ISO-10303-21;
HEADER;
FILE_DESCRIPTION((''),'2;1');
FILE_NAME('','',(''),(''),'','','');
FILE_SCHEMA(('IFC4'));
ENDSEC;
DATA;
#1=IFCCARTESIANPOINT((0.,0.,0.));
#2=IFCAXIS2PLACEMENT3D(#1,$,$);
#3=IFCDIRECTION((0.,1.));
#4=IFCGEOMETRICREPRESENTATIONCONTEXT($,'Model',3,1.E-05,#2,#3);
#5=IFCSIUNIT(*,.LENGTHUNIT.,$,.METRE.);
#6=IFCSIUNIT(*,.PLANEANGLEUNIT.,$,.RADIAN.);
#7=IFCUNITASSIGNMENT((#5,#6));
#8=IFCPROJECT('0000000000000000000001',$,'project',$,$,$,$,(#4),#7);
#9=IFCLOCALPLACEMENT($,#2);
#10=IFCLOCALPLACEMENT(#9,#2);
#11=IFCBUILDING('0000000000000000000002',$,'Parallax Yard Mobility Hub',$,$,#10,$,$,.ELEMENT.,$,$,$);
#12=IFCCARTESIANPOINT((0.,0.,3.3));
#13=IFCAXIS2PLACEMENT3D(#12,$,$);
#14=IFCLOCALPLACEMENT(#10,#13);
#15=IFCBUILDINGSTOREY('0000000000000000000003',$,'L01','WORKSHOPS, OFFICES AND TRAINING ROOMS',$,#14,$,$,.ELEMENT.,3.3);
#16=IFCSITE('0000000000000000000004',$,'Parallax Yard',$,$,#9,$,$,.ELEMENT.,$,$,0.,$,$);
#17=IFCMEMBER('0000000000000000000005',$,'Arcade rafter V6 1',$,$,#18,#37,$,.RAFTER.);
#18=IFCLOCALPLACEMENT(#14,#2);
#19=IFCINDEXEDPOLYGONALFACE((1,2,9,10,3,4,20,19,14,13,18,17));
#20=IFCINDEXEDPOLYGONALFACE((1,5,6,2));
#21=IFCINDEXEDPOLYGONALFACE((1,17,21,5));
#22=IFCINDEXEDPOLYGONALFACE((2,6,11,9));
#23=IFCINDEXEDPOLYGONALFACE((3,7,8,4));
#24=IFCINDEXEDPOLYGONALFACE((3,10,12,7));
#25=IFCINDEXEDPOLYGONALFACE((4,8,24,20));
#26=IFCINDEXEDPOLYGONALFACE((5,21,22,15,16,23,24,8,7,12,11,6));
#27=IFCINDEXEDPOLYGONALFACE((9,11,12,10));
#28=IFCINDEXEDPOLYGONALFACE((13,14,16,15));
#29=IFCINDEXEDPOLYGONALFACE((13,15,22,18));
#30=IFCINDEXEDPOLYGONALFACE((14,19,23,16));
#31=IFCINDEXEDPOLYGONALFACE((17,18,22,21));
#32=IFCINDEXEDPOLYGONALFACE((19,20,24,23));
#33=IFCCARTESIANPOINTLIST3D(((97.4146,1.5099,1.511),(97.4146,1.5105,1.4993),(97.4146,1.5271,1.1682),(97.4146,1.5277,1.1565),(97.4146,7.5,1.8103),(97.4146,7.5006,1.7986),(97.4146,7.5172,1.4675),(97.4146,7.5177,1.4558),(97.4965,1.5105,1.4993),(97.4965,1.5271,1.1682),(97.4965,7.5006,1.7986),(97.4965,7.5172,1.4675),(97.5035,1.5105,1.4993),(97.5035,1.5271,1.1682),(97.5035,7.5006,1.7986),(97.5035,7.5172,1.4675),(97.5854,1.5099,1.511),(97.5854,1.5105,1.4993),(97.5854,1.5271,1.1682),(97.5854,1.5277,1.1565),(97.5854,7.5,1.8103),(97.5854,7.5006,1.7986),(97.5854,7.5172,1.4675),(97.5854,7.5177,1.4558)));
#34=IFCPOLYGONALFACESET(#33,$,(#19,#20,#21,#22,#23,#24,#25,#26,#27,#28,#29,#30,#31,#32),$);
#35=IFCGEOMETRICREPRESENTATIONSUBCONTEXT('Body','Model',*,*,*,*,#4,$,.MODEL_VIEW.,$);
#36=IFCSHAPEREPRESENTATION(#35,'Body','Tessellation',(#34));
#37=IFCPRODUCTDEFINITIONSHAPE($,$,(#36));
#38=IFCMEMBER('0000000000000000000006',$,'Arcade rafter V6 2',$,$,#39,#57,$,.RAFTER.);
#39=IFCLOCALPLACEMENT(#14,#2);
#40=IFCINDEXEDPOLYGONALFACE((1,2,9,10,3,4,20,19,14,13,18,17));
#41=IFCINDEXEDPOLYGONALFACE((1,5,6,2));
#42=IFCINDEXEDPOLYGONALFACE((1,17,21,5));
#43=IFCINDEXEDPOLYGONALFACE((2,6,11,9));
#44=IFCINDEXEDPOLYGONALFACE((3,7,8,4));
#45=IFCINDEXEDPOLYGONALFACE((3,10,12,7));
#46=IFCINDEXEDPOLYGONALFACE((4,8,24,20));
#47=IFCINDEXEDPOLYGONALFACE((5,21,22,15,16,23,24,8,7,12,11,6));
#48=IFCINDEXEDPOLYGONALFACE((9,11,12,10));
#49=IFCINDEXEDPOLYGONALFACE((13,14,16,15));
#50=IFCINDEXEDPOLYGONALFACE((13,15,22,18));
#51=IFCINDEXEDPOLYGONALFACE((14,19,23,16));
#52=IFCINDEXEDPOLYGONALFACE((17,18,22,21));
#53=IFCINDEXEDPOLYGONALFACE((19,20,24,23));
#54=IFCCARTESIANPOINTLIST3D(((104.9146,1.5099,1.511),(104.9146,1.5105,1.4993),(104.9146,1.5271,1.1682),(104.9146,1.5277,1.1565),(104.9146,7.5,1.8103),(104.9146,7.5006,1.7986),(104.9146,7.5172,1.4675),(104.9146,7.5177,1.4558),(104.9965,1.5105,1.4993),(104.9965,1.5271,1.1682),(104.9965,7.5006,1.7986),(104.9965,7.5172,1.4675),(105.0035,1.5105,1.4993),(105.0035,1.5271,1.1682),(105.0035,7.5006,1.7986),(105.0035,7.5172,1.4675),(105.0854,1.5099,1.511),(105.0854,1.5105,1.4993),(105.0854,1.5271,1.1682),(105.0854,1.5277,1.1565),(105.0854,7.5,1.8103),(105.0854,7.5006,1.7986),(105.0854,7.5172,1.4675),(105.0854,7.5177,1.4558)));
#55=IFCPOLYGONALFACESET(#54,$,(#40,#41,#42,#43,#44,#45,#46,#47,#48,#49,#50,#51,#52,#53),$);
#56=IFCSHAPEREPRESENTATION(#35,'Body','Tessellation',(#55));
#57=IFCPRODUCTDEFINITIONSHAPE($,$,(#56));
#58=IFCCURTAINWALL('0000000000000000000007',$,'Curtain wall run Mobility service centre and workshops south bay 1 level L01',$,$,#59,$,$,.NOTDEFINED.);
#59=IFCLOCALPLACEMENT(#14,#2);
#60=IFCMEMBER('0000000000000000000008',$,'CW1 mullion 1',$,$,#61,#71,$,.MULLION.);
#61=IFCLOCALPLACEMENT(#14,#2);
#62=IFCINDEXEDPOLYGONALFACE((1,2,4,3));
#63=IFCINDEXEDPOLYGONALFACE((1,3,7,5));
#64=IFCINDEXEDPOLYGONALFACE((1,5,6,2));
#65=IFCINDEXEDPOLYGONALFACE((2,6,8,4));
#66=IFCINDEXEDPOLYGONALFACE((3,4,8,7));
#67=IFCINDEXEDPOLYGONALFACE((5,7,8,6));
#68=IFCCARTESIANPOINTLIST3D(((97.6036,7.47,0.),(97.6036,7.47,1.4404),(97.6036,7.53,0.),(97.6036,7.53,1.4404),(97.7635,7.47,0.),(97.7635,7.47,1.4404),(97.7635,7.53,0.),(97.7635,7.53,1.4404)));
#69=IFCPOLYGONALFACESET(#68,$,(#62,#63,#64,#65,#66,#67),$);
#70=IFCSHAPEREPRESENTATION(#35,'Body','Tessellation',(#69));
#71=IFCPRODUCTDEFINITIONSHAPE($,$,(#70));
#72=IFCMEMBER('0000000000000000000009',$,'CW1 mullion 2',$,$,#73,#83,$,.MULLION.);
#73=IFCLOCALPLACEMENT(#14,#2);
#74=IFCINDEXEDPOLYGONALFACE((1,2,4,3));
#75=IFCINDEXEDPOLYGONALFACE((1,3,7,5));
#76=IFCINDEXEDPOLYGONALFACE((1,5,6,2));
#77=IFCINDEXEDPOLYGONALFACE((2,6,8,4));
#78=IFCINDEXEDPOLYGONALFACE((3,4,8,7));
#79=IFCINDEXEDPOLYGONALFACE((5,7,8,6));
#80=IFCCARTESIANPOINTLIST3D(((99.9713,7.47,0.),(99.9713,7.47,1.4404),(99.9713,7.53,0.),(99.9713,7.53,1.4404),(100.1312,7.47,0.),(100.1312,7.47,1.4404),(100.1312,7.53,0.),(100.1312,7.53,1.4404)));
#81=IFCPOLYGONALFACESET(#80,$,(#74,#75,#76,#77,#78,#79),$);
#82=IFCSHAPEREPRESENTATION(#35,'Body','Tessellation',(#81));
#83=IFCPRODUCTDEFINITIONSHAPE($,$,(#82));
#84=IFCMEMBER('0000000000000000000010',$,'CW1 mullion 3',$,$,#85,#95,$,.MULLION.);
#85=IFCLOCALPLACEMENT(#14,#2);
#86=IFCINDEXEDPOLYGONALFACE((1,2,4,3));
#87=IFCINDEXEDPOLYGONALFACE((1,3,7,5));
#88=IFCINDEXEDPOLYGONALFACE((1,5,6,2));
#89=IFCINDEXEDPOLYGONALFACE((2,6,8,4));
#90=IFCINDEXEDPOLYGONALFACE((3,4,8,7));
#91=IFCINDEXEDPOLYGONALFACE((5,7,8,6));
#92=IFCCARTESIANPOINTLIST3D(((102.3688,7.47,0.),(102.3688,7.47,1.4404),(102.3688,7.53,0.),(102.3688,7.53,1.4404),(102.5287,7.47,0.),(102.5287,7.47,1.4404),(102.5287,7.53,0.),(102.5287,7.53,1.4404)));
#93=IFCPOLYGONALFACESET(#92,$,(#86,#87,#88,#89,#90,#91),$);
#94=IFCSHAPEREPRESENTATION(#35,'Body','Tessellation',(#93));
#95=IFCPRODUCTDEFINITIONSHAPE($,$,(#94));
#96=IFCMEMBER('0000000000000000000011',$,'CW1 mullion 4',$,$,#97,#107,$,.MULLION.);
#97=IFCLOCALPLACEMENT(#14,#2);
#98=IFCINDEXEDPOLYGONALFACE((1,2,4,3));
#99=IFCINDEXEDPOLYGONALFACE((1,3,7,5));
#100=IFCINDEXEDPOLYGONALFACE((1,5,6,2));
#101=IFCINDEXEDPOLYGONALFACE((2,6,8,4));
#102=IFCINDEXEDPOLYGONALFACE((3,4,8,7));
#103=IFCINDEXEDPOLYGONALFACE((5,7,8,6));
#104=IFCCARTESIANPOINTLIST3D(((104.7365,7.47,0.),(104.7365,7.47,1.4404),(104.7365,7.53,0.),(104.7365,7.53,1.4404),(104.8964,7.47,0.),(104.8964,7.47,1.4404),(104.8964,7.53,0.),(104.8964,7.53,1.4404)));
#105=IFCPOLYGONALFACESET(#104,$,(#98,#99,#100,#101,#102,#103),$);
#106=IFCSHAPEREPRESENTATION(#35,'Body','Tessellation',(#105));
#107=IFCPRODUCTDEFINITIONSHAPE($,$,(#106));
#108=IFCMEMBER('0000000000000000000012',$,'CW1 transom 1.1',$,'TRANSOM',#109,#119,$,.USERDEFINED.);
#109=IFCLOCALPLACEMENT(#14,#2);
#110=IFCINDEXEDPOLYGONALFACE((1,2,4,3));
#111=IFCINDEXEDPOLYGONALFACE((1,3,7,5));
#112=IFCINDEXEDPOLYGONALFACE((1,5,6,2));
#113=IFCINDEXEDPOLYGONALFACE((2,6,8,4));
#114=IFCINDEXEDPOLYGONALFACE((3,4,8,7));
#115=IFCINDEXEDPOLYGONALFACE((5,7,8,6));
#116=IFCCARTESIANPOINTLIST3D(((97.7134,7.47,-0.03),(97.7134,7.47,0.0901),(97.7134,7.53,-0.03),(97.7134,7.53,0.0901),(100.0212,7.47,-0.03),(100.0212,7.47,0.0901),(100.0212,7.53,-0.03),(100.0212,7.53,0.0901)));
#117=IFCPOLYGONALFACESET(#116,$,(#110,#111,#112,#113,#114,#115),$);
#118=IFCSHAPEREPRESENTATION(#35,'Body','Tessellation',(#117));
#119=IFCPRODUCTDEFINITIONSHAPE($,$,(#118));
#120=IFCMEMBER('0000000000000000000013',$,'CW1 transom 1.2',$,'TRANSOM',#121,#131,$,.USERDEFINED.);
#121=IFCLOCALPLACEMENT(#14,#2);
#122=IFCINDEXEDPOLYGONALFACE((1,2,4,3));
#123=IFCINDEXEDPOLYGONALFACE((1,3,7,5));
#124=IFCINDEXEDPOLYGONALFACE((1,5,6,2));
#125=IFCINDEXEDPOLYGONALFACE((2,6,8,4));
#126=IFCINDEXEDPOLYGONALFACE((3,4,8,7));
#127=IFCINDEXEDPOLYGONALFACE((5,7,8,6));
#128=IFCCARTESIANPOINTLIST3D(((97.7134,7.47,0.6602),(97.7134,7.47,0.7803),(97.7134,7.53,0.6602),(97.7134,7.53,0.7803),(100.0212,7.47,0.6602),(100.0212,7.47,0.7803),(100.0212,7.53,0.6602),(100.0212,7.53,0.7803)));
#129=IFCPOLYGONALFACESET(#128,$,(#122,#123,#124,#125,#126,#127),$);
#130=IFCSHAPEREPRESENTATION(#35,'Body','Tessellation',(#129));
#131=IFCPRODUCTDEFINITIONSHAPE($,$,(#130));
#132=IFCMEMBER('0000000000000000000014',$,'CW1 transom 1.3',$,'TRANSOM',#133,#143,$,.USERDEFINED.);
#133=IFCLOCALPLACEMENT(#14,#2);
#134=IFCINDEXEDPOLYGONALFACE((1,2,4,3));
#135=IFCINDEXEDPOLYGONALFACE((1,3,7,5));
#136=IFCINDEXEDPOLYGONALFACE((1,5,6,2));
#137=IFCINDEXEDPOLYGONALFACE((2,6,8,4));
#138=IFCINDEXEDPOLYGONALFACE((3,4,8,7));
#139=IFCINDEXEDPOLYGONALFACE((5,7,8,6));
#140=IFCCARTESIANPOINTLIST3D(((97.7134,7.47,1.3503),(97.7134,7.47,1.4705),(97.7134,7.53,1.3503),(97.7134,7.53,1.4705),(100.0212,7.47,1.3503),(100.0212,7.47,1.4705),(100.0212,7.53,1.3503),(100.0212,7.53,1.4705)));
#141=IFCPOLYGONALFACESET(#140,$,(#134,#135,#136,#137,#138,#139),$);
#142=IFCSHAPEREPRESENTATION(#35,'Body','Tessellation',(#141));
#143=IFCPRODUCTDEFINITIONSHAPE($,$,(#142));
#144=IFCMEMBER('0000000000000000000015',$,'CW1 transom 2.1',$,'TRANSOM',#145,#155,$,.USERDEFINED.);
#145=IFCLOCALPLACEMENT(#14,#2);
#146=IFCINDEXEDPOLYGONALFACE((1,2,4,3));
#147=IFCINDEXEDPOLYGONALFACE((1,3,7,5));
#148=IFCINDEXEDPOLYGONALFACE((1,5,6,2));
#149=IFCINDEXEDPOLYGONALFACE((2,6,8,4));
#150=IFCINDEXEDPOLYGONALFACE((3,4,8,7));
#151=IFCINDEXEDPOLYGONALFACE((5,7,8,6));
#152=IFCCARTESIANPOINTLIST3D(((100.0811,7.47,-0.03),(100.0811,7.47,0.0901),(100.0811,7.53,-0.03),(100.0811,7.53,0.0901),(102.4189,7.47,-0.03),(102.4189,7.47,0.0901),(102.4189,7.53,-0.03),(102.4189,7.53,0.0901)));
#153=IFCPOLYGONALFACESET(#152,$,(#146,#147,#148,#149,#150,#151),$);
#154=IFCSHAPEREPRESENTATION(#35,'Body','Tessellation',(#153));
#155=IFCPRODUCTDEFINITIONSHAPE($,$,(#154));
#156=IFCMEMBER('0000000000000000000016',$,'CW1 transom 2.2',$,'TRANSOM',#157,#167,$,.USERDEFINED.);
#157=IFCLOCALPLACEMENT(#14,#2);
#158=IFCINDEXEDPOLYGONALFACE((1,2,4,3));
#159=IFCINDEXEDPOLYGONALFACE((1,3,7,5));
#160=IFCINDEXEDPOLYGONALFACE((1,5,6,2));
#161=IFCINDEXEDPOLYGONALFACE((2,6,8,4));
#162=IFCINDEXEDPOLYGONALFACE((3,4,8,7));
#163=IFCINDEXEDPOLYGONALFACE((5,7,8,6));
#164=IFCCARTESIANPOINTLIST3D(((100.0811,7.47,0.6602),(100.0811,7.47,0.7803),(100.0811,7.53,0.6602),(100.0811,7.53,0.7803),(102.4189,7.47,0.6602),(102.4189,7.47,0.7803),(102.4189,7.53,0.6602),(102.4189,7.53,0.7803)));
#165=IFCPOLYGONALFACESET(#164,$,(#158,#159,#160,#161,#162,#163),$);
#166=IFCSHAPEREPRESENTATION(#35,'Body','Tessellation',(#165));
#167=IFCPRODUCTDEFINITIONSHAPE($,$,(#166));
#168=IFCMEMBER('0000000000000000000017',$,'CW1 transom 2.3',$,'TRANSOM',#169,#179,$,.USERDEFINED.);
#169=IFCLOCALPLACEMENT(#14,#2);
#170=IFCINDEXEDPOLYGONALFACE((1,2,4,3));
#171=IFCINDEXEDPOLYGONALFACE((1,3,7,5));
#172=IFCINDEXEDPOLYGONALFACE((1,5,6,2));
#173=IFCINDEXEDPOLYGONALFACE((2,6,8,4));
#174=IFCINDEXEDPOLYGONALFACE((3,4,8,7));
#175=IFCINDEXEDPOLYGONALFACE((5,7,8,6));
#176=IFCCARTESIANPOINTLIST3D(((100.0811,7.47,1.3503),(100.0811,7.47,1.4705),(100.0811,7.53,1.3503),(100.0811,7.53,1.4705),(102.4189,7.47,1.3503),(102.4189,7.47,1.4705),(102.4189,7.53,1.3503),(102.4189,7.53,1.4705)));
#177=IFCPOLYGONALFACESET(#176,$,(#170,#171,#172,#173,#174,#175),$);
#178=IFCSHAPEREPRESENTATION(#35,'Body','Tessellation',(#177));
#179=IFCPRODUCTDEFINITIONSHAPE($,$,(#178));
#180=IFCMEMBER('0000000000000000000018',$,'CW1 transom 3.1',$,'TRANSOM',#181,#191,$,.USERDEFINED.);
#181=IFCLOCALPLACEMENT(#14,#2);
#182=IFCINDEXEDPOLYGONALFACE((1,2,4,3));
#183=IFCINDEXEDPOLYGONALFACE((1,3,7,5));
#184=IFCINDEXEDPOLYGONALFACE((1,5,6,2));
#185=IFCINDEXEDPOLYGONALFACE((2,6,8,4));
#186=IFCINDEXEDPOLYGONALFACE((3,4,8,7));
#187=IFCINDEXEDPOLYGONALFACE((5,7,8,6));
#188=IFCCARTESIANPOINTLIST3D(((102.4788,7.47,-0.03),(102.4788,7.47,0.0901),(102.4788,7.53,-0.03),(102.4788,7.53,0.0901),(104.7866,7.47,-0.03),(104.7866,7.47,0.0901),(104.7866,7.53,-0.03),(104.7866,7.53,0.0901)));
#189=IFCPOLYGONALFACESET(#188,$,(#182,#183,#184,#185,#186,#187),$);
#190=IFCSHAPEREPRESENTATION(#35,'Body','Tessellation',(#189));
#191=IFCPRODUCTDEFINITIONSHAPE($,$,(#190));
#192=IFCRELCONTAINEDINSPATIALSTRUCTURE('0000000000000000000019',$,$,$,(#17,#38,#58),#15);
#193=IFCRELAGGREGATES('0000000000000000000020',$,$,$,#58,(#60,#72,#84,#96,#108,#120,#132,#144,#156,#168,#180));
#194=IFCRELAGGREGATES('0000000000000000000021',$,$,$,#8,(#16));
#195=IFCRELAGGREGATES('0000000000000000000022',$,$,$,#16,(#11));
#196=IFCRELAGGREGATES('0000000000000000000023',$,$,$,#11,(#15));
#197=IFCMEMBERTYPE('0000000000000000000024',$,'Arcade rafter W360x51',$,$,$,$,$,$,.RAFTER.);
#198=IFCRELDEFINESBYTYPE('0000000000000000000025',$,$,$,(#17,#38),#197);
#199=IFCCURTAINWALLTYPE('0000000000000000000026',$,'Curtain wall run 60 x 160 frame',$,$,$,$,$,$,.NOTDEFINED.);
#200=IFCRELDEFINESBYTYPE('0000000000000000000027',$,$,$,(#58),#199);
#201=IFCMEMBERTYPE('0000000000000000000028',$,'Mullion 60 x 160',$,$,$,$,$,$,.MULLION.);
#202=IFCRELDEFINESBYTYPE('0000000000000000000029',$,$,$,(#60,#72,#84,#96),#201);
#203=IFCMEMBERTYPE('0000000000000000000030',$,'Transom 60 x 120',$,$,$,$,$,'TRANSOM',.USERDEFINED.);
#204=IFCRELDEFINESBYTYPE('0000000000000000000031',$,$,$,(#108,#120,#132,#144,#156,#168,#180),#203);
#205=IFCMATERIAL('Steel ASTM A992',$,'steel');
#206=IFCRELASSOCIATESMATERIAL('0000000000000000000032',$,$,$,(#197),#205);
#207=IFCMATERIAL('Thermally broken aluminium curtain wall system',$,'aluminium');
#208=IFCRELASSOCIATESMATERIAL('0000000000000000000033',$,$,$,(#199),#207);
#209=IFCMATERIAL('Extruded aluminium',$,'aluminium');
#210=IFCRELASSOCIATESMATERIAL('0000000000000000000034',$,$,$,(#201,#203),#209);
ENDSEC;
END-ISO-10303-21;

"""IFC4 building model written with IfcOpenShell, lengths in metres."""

from ifc_helpers import new_model, si_unit, direction, frame, origin, origin_2d, place, context, subcontext, project, spatial, rectangle, i_section, extrude, material, material_profile, profile_set, type_object, element, aggregate, save


model = new_model("IFC4")

# Units and contexts
model_context = context("Model", 3, precision=1e-05, world=origin(), true_north=direction((0.0, 1.0)))
body_context = subcontext(model_context, "Body", "Model", "MODEL_VIEW")
ifc_project = project(units=[si_unit("LENGTHUNIT", "METRE"), si_unit("PLANEANGLEUNIT", "RADIAN")], contexts=[model_context])

# Site, building, storey
site_placement = place(None, origin())
site = spatial("IfcSite", under=ifc_project, at=site_placement, Name="Parallax Yard", CompositionType="ELEMENT", RefElevation=0.0)
building_placement = place(site_placement, origin())
building = spatial("IfcBuilding", under=site, at=building_placement, Name="Parallax Yard Mobility Hub", CompositionType="ELEMENT")
storey_placement = place(building_placement, frame((0.0, 0.0, 3.3)))
storey = spatial("IfcBuildingStorey", under=building, at=storey_placement, Name="L01", Description="WORKSHOPS, OFFICES AND TRAINING ROOMS", CompositionType="ELEMENT", Elevation=3.3)

# Shared definitions
ifc_material_1 = material(Name="Steel ASTM A992", Category="steel")

# Members
ifc_material_profile_1 = material_profile(ifc_material_1, i_section(OverallWidth=0.1709, OverallDepth=0.355, WebThickness=0.0071, FlangeThickness=0.0117, at=origin_2d()), Name="W360x51")
ifc_profile_set_1 = profile_set([ifc_material_profile_1], Name="Steel ASTM A992")
member_type_1 = type_object("IfcMemberType", Name="Arcade rafter W360x51", PredefinedType="RAFTER", material=ifc_profile_set_1)
for number, where, z_axis, x_axis, name in (
    (1, (97.5, 1.5188, 1.3337), (0.0, 0.998754, 0.049907), (-1.0, 0.0, 0.0), "Arcade rafter V6 1"),
    (2, (105.0, 1.5188, 1.3337), (0.0, 0.998754, 0.049907), (-1.0, 0.0, 0.0), "Arcade rafter V6 2"),
):
    element("IfcMember", number, at=place(storey_placement, frame(where, z_axis=z_axis, x_axis=x_axis)), inside=storey, type_object=member_type_1, Name=name, PredefinedType="RAFTER", context=body_context, shape_type="SweptSolid", body=[
        extrude(i_section(OverallWidth=0.1709, OverallDepth=0.355, WebThickness=0.0071, FlangeThickness=0.0117, at=origin_2d()), origin(), (0.0, 0.0, 1.0), 5.9976),
    ])

# Curtain wall, members
ifc_material_2 = material(Name="Thermally broken aluminium curtain wall system", Category="aluminium")
curtain_wall_type = type_object("IfcCurtainWallType", Name="Curtain wall run 60 x 160 frame", PredefinedType="NOTDEFINED", material=ifc_material_2)
curtain_wall_placement = place(storey_placement, origin())
curtain_wall = element("IfcCurtainWall", 3, at=curtain_wall_placement, inside=storey, type_object=curtain_wall_type, Name="Curtain wall run Mobility service centre and workshops south bay 1 level L01", PredefinedType="NOTDEFINED")
ifc_material_3 = material(Name="Extruded aluminium", Category="aluminium")
ifc_material_profile_2 = material_profile(ifc_material_3, rectangle(XDim=0.0601, YDim=0.1599, at=origin_2d()), Name="Mullion 60 x 160")
ifc_profile_set_2 = profile_set([ifc_material_profile_2], Name="Extruded aluminium")
member_type_2 = type_object("IfcMemberType", Name="Mullion 60 x 160", PredefinedType="MULLION", material=ifc_profile_set_2)
member_1_placement = place(storey_placement, frame((97.6836, 7.5, 0.0), z_axis=(0.0, 0.0, 1.0), x_axis=(0.0, 1.0, 0.0)))
member_1 = element("IfcMember", 4, at=member_1_placement, type_object=member_type_2, Name="CW1 mullion 1", PredefinedType="MULLION", context=body_context, shape_type="SweptSolid", body=[
    extrude(rectangle(XDim=0.0601, YDim=0.1599, at=origin_2d()), origin(), (0.0, 0.0, 1.0), 1.4404),
])
member_2_placement = place(storey_placement, frame((100.0513, 7.5, 0.0), z_axis=(0.0, 0.0, 1.0), x_axis=(0.0, 1.0, 0.0)))
member_2 = element("IfcMember", 5, at=member_2_placement, type_object=member_type_2, Name="CW1 mullion 2", PredefinedType="MULLION", context=body_context, shape_type="SweptSolid", body=[
    extrude(rectangle(XDim=0.0601, YDim=0.1599, at=origin_2d()), origin(), (0.0, 0.0, 1.0), 1.4404),
])
member_3_placement = place(storey_placement, frame((102.4487, 7.5, 0.0), z_axis=(0.0, 0.0, 1.0), x_axis=(0.0, 1.0, 0.0)))
member_3 = element("IfcMember", 6, at=member_3_placement, type_object=member_type_2, Name="CW1 mullion 3", PredefinedType="MULLION", context=body_context, shape_type="SweptSolid", body=[
    extrude(rectangle(XDim=0.0601, YDim=0.1599, at=origin_2d()), origin(), (0.0, 0.0, 1.0), 1.4404),
])
member_4_placement = place(storey_placement, frame((104.8164, 7.5, 0.0), z_axis=(0.0, 0.0, 1.0), x_axis=(0.0, 1.0, 0.0)))
member_4 = element("IfcMember", 7, at=member_4_placement, type_object=member_type_2, Name="CW1 mullion 4", PredefinedType="MULLION", context=body_context, shape_type="SweptSolid", body=[
    extrude(rectangle(XDim=0.0601, YDim=0.1599, at=origin_2d()), origin(), (0.0, 0.0, 1.0), 1.4404),
])
ifc_material_profile_3 = material_profile(ifc_material_3, rectangle(XDim=0.0601, YDim=0.1201, at=origin_2d()), Name="Transom 60 x 120")
ifc_profile_set_3 = profile_set([ifc_material_profile_3], Name="Extruded aluminium")
member_type_3 = type_object("IfcMemberType", Name="Transom 60 x 120", ElementType="TRANSOM", PredefinedType="USERDEFINED", material=ifc_profile_set_3)
member_5_placement = place(storey_placement, frame((97.7134, 7.5, 0.03), z_axis=(1.0, 0.0, 0.0), x_axis=(0.0, 1.0, 0.0)))
member_5 = element("IfcMember", 8, at=member_5_placement, type_object=member_type_3, Name="CW1 transom 1.1", ObjectType="TRANSOM", PredefinedType="USERDEFINED", context=body_context, shape_type="SweptSolid", body=[
    extrude(rectangle(XDim=0.0601, YDim=0.1201, at=origin_2d()), origin(), (0.0, 0.0, 1.0), 2.3079),
])
member_6_placement = place(storey_placement, frame((97.7134, 7.5, 0.7202), z_axis=(1.0, 0.0, 0.0), x_axis=(0.0, 1.0, 0.0)))
member_6 = element("IfcMember", 9, at=member_6_placement, type_object=member_type_3, Name="CW1 transom 1.2", ObjectType="TRANSOM", PredefinedType="USERDEFINED", context=body_context, shape_type="SweptSolid", body=[
    extrude(rectangle(XDim=0.0601, YDim=0.1201, at=origin_2d()), origin(), (0.0, 0.0, 1.0), 2.3079),
])
member_7_placement = place(storey_placement, frame((97.7134, 7.5, 1.4104), z_axis=(1.0, 0.0, 0.0), x_axis=(0.0, 1.0, 0.0)))
member_7 = element("IfcMember", 10, at=member_7_placement, type_object=member_type_3, Name="CW1 transom 1.3", ObjectType="TRANSOM", PredefinedType="USERDEFINED", context=body_context, shape_type="SweptSolid", body=[
    extrude(rectangle(XDim=0.0601, YDim=0.1201, at=origin_2d()), origin(), (0.0, 0.0, 1.0), 2.3079),
])
member_8_placement = place(storey_placement, frame((100.0811, 7.5, 0.03), z_axis=(1.0, 0.0, 0.0), x_axis=(0.0, 1.0, 0.0)))
member_8 = element("IfcMember", 11, at=member_8_placement, type_object=member_type_3, Name="CW1 transom 2.1", ObjectType="TRANSOM", PredefinedType="USERDEFINED", context=body_context, shape_type="SweptSolid", body=[
    extrude(rectangle(XDim=0.0601, YDim=0.1201, at=origin_2d()), origin(), (0.0, 0.0, 1.0), 2.3379),
])
member_9_placement = place(storey_placement, frame((100.0811, 7.5, 0.7202), z_axis=(1.0, 0.0, 0.0), x_axis=(0.0, 1.0, 0.0)))
member_9 = element("IfcMember", 12, at=member_9_placement, type_object=member_type_3, Name="CW1 transom 2.2", ObjectType="TRANSOM", PredefinedType="USERDEFINED", context=body_context, shape_type="SweptSolid", body=[
    extrude(rectangle(XDim=0.0601, YDim=0.1201, at=origin_2d()), origin(), (0.0, 0.0, 1.0), 2.3379),
])
member_10_placement = place(storey_placement, frame((100.0811, 7.5, 1.4104), z_axis=(1.0, 0.0, 0.0), x_axis=(0.0, 1.0, 0.0)))
member_10 = element("IfcMember", 13, at=member_10_placement, type_object=member_type_3, Name="CW1 transom 2.3", ObjectType="TRANSOM", PredefinedType="USERDEFINED", context=body_context, shape_type="SweptSolid", body=[
    extrude(rectangle(XDim=0.0601, YDim=0.1201, at=origin_2d()), origin(), (0.0, 0.0, 1.0), 2.3379),
])
member_11_placement = place(storey_placement, frame((102.4788, 7.5, 0.03), z_axis=(1.0, 0.0, 0.0), x_axis=(0.0, 1.0, 0.0)))
member_11 = element("IfcMember", 14, at=member_11_placement, type_object=member_type_3, Name="CW1 transom 3.1", ObjectType="TRANSOM", PredefinedType="USERDEFINED", context=body_context, shape_type="SweptSolid", body=[
    extrude(rectangle(XDim=0.0601, YDim=0.1201, at=origin_2d()), origin(), (0.0, 0.0, 1.0), 2.3079),
])

aggregate(curtain_wall, [member_1, member_2, member_3, member_4, member_5, member_6, member_7, member_8, member_9, member_10, member_11])

save(model, "model.ifc")
